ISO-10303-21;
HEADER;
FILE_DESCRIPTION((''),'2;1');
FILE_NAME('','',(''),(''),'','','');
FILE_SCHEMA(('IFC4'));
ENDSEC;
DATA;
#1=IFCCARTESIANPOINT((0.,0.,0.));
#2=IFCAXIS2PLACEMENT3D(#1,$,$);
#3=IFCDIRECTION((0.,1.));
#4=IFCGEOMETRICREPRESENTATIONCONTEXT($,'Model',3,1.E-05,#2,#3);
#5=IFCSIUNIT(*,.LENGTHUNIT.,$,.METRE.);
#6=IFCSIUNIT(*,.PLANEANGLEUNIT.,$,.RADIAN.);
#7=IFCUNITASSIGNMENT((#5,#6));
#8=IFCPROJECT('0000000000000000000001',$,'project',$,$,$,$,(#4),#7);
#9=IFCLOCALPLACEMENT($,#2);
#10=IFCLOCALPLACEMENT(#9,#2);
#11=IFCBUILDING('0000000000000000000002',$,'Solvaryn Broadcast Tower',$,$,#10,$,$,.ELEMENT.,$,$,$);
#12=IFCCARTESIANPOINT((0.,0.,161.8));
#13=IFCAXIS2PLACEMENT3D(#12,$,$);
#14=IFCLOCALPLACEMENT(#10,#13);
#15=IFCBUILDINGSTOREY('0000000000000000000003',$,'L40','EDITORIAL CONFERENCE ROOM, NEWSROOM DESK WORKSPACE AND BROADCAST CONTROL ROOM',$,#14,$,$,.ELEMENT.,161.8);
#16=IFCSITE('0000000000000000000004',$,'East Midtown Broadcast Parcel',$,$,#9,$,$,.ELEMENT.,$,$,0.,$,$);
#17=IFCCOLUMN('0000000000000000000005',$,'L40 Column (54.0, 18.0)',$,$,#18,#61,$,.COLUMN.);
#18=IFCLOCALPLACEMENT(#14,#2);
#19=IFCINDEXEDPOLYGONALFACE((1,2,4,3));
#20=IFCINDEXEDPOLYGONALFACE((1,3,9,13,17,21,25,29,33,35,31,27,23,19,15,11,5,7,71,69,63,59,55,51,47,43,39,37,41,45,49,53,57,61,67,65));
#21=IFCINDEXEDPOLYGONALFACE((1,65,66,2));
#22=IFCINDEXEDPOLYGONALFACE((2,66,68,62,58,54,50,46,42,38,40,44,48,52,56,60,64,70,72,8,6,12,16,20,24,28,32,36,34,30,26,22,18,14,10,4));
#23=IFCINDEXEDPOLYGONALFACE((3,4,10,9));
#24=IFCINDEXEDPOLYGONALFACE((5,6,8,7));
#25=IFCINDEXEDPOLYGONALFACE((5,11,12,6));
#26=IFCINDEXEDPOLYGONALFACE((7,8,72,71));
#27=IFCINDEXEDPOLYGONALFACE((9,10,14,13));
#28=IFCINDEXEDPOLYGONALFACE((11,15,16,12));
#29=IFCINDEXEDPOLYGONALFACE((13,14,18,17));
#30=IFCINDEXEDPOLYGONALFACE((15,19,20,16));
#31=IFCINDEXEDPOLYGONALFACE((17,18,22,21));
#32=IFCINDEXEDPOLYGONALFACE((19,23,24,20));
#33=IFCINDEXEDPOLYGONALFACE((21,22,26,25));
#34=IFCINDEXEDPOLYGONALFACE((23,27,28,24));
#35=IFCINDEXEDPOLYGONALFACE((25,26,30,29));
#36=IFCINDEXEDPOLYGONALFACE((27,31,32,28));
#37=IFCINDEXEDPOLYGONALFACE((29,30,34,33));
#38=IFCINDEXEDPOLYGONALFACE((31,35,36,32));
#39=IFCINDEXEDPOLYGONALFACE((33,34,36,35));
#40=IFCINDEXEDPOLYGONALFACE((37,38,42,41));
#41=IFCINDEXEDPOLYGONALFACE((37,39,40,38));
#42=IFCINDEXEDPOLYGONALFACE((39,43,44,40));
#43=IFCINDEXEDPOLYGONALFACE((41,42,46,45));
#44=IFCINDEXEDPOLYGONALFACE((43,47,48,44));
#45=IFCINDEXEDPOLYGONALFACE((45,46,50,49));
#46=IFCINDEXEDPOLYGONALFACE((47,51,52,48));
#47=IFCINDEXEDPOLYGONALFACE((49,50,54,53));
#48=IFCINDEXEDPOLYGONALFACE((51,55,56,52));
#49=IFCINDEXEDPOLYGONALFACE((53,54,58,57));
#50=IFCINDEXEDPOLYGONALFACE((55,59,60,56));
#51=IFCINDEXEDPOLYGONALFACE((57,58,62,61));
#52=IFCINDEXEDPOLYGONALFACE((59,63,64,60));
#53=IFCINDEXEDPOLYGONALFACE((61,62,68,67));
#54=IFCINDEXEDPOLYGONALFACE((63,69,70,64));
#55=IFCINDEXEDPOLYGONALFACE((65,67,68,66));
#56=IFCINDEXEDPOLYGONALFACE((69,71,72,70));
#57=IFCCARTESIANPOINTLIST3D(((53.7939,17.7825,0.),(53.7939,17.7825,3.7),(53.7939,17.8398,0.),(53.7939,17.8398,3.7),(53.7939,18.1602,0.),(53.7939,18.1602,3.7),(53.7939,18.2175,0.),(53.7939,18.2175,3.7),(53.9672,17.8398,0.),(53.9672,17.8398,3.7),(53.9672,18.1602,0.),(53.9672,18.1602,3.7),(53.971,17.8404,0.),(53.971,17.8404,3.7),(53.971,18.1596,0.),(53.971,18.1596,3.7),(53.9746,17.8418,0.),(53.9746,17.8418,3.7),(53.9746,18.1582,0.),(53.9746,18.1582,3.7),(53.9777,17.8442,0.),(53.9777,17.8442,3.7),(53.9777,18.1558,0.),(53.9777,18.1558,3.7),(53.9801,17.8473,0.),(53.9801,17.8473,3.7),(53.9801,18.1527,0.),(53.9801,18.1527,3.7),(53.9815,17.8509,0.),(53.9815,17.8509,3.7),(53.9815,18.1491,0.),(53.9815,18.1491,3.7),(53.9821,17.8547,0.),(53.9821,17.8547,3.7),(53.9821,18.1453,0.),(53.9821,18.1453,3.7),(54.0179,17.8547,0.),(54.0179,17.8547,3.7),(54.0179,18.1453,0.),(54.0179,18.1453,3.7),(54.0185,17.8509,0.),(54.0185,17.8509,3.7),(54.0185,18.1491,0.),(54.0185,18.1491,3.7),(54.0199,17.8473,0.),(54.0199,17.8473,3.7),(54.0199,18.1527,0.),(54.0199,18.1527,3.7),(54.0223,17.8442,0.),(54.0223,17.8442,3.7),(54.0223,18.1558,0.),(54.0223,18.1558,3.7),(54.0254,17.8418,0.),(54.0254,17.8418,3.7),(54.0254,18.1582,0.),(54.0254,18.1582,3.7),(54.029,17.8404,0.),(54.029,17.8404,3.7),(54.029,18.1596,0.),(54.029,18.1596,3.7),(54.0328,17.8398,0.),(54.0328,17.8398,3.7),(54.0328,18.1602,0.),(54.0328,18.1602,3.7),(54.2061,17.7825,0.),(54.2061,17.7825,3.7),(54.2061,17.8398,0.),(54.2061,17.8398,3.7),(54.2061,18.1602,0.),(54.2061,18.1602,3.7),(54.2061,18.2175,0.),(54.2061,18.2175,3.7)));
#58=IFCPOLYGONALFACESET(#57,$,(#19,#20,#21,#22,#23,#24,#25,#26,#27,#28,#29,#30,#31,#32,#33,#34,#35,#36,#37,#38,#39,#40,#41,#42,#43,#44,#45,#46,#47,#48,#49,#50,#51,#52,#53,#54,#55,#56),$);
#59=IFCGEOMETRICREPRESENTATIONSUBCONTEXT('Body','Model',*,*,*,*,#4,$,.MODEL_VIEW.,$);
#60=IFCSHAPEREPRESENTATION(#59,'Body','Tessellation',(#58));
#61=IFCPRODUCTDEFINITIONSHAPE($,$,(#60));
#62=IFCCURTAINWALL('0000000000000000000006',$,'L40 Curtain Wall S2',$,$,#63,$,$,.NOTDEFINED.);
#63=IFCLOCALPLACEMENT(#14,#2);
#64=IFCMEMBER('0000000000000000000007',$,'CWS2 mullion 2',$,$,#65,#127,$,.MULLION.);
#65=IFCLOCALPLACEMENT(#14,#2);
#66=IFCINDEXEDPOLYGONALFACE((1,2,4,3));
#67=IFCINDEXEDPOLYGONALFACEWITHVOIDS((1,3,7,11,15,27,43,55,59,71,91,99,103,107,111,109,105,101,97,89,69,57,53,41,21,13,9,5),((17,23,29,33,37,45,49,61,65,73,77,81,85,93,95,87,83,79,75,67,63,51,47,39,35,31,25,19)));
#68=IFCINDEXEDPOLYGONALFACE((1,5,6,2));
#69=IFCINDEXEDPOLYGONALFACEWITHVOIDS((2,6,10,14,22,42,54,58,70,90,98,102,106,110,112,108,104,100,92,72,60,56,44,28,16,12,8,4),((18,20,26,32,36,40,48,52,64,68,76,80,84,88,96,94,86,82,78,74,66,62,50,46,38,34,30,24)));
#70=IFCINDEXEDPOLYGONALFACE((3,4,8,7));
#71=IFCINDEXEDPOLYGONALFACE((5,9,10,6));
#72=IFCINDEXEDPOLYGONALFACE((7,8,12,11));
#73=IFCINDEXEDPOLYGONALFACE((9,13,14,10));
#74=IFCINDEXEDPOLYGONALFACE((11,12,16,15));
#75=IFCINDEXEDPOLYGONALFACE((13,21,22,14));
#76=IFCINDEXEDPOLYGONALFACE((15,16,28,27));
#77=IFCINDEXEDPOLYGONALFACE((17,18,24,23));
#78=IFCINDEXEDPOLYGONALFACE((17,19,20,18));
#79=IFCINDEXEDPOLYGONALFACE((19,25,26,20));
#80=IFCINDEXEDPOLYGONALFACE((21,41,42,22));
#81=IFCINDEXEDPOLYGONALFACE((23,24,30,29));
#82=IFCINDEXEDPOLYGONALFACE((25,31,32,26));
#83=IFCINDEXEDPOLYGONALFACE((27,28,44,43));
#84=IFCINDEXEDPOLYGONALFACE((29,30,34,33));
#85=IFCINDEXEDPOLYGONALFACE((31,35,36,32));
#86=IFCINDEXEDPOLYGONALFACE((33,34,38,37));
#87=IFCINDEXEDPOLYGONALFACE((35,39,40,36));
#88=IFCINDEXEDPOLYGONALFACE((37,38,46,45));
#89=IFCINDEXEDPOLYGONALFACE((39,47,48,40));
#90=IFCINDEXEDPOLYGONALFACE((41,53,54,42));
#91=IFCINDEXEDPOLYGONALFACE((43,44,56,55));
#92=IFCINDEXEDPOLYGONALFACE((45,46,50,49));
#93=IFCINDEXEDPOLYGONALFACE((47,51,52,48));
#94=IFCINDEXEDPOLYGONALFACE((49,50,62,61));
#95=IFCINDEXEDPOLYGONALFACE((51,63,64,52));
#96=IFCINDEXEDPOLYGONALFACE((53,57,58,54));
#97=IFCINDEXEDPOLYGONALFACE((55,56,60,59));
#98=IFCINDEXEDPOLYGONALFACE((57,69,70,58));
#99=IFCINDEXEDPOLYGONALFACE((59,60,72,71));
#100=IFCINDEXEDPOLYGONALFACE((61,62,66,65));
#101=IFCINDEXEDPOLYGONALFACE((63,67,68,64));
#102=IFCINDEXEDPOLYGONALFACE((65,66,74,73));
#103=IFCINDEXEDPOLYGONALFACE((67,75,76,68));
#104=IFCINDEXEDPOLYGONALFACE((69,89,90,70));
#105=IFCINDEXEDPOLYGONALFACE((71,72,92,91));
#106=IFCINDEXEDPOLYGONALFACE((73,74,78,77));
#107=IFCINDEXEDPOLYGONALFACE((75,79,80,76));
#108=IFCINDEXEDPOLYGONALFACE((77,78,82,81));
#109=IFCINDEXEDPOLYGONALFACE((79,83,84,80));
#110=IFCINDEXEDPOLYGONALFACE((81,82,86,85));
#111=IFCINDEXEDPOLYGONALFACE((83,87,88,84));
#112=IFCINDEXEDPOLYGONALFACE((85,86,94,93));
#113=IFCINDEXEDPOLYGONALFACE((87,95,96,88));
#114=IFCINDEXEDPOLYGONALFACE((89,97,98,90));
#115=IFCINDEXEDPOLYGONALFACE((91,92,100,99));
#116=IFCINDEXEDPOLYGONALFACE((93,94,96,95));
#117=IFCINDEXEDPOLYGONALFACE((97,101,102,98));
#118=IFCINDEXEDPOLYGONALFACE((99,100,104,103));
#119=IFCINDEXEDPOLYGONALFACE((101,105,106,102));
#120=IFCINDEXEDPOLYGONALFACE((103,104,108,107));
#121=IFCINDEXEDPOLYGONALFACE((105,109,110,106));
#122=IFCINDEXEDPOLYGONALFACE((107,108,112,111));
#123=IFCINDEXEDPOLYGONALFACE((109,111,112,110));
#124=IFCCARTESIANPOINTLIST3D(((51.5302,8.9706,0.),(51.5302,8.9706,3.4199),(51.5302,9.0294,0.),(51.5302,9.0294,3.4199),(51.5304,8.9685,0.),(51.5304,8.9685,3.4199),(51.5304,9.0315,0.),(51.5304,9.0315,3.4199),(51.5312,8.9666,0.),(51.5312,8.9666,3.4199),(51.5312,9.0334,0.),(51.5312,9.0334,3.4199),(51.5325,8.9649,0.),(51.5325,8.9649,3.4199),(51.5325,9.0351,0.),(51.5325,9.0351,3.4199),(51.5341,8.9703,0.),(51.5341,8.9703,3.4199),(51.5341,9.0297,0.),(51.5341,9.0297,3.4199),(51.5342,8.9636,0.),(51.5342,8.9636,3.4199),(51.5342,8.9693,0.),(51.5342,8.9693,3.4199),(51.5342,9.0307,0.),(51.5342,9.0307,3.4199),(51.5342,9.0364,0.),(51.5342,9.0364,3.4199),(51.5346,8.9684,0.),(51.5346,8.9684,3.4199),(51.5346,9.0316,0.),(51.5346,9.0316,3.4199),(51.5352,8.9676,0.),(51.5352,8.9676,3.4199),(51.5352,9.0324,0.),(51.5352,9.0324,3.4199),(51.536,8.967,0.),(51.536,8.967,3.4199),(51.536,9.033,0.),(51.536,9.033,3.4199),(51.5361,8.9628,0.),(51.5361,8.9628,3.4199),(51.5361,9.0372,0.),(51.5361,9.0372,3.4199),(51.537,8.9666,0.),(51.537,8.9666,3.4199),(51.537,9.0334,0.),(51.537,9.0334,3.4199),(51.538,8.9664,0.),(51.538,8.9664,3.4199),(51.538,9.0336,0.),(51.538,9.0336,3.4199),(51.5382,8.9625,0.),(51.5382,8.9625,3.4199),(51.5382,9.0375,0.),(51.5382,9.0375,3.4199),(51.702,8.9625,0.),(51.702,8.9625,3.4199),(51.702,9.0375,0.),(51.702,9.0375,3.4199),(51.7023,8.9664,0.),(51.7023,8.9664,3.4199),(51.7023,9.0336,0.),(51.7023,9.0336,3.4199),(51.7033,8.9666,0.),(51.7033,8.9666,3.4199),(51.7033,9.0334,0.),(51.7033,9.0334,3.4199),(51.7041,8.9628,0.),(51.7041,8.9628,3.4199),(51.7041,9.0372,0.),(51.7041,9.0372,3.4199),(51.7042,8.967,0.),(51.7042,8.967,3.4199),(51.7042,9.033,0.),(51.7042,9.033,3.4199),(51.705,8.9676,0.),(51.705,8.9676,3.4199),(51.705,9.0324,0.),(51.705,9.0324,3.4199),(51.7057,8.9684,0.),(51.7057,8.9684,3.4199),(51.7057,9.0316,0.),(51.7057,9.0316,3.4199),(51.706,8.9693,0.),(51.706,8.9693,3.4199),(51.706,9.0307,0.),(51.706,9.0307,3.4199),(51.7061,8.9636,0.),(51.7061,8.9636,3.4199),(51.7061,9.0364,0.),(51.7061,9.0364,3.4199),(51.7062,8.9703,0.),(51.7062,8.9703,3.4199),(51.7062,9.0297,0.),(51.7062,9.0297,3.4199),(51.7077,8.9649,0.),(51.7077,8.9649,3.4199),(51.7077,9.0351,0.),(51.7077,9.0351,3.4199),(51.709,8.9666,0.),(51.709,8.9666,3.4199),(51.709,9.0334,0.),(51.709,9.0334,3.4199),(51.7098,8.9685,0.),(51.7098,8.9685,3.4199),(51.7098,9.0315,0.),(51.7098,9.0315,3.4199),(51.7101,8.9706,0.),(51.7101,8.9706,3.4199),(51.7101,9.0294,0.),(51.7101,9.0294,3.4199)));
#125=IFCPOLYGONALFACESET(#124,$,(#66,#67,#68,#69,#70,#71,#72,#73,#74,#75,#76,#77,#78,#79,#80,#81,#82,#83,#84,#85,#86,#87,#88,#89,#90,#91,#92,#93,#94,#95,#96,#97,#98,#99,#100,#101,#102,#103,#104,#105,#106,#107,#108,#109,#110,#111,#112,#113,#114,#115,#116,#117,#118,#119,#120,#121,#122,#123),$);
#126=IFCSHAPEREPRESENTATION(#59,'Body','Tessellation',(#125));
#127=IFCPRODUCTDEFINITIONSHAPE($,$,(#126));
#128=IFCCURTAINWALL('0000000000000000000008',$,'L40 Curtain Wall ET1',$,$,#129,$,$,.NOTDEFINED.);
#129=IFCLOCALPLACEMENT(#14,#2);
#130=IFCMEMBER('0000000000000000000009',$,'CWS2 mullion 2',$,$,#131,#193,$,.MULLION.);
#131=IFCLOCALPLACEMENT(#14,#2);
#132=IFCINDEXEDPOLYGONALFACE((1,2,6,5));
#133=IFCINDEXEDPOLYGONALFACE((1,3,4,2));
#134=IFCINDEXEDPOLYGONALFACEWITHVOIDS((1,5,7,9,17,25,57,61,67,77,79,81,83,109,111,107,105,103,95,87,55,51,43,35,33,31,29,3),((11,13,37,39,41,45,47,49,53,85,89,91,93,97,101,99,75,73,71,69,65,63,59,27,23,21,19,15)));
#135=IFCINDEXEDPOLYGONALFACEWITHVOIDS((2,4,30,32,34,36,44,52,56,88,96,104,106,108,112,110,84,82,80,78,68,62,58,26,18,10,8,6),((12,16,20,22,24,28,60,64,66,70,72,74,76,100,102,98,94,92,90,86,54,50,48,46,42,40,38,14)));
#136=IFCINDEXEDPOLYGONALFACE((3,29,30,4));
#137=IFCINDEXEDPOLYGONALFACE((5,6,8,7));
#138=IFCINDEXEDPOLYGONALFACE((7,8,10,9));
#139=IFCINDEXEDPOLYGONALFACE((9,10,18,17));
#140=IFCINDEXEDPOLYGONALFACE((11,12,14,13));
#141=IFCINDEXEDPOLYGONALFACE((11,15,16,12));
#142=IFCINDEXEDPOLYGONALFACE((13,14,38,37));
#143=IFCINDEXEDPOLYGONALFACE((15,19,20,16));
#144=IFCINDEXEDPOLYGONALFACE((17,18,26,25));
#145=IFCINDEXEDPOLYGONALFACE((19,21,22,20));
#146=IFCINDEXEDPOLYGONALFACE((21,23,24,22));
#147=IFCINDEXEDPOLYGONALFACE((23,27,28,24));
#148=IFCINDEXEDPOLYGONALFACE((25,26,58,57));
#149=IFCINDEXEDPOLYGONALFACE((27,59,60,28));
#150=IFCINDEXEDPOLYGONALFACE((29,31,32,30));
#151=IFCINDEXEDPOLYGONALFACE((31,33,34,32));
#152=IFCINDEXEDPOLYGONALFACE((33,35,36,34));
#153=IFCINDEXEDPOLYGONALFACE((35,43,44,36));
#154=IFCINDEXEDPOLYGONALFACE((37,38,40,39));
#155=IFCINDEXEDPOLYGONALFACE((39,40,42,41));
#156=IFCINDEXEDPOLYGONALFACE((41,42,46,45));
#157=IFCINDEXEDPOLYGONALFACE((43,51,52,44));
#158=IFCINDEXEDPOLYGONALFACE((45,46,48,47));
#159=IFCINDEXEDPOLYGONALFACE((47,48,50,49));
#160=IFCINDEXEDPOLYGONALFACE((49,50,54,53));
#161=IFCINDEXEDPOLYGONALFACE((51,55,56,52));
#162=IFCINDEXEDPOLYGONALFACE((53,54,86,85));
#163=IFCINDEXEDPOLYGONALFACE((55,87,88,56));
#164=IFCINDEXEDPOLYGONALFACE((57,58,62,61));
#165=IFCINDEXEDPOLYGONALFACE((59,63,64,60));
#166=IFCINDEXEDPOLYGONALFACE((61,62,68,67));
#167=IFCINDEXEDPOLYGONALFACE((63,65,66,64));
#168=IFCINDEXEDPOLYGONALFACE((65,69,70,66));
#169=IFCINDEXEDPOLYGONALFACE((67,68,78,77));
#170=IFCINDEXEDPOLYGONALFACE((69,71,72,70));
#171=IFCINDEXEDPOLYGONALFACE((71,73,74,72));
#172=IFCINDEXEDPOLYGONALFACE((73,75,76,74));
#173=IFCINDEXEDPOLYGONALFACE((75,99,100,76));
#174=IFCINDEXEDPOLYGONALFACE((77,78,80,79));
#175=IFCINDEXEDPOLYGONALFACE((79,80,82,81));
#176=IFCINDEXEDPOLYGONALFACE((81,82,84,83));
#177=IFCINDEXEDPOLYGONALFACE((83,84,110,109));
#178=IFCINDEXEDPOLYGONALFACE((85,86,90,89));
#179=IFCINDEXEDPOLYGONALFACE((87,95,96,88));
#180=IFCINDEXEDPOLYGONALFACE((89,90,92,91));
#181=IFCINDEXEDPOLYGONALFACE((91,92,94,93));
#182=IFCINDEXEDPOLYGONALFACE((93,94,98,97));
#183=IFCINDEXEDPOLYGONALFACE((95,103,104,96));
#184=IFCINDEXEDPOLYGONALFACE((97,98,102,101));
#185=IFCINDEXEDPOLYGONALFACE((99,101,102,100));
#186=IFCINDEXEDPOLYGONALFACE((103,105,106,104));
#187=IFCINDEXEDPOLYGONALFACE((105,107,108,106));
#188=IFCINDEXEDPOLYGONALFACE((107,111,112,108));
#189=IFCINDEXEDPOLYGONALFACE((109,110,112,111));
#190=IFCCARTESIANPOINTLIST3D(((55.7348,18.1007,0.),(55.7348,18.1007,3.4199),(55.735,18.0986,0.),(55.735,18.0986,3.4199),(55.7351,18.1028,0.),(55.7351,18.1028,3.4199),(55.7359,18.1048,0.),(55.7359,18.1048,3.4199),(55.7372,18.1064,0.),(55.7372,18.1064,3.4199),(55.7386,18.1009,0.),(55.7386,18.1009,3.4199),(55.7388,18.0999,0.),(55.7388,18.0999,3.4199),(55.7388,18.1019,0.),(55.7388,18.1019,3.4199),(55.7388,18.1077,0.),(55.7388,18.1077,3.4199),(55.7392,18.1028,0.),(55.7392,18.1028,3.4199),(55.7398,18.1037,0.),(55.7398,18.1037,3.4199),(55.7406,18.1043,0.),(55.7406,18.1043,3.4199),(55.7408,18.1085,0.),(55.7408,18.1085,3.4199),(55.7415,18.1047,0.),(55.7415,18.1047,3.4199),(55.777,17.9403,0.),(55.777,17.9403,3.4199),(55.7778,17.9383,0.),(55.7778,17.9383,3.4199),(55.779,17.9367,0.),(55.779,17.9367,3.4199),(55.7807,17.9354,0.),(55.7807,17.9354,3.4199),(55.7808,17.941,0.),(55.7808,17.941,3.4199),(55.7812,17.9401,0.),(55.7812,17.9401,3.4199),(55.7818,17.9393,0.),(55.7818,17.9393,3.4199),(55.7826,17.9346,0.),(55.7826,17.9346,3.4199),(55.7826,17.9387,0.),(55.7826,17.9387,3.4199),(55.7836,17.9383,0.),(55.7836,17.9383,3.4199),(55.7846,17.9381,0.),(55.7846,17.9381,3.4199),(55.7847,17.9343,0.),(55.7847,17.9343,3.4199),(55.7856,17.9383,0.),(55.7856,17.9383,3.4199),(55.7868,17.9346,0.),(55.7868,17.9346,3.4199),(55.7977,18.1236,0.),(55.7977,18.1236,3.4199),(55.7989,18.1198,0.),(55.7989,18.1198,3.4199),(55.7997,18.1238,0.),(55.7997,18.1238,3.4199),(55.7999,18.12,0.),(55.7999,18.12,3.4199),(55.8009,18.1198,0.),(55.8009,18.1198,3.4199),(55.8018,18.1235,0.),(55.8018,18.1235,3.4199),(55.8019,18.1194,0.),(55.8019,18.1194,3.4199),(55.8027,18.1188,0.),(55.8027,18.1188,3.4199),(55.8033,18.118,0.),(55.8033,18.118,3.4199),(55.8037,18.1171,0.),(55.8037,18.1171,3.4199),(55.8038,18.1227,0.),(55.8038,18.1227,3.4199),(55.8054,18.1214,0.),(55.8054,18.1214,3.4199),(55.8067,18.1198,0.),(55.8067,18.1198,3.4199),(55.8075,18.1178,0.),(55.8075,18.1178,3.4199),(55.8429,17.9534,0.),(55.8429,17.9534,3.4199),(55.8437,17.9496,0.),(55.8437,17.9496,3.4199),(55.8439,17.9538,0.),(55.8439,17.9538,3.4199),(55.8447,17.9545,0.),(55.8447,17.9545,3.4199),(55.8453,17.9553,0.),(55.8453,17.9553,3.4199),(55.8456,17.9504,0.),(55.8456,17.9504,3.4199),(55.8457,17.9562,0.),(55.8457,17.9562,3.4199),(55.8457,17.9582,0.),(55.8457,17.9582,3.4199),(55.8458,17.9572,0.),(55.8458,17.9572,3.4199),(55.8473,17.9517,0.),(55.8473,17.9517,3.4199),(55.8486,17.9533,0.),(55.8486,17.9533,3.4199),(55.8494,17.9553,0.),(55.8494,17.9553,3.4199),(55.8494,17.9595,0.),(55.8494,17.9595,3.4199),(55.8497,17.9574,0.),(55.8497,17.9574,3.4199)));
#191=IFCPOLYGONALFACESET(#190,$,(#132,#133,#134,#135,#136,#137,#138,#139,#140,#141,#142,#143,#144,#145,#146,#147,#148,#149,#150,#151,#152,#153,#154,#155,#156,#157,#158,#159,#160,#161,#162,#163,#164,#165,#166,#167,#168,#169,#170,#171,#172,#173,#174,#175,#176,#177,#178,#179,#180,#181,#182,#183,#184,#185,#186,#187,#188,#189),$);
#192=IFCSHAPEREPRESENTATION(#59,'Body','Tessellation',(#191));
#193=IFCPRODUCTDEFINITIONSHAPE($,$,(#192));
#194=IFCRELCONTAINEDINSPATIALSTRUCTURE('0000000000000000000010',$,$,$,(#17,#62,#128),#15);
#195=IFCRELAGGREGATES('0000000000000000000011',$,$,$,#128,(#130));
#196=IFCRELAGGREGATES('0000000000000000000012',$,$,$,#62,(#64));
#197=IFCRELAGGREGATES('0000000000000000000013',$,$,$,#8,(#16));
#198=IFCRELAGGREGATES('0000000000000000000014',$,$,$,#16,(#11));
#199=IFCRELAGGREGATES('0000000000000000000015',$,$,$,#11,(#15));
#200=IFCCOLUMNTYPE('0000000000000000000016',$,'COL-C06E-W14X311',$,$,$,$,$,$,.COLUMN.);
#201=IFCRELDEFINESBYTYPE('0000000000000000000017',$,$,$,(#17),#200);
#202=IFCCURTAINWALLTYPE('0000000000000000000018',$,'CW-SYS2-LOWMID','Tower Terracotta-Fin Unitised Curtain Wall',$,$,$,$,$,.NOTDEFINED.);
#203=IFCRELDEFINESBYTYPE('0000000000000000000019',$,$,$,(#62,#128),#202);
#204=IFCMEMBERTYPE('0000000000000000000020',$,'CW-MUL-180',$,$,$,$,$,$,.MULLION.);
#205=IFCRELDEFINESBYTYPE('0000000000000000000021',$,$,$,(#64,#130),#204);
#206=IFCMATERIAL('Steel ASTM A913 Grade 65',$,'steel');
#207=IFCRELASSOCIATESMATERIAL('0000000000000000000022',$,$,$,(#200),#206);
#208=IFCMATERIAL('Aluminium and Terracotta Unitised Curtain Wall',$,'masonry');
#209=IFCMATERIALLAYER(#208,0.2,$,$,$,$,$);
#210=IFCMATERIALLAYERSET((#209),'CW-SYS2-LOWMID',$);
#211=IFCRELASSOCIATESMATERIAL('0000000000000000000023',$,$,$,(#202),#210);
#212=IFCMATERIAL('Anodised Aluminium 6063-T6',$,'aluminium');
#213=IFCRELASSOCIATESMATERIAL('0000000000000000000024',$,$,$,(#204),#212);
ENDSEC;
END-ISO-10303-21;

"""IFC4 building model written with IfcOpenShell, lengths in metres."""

from ifc_helpers import new_model, si_unit, direction, frame, origin, origin_2d, place, context, subcontext, project, spatial, hollow_rectangle, i_section, extrude, material, layer, layer_set, material_profile, profile_set, type_object, element, aggregate, save


model = new_model("IFC4")

# Units and contexts
model_context = context("Model", 3, precision=1e-05, world=origin(), true_north=direction((0.0, 1.0)))
body_context = subcontext(model_context, "Body", "Model", "MODEL_VIEW")
ifc_project = project(units=[si_unit("LENGTHUNIT", "METRE"), si_unit("PLANEANGLEUNIT", "RADIAN")], contexts=[model_context])

# Site, building, storey
site_placement = place(None, origin())
site = spatial("IfcSite", under=ifc_project, at=site_placement, Name="East Midtown Broadcast Parcel", CompositionType="ELEMENT", RefElevation=0.0)
building_placement = place(site_placement, origin())
building = spatial("IfcBuilding", under=site, at=building_placement, Name="Solvaryn Broadcast Tower", CompositionType="ELEMENT")
storey_placement = place(building_placement, frame((0.0, 0.0, 161.8)))
storey = spatial("IfcBuildingStorey", under=building, at=storey_placement, Name="L40", Description="EDITORIAL CONFERENCE ROOM, NEWSROOM DESK WORKSPACE AND BROADCAST CONTROL ROOM", CompositionType="ELEMENT", Elevation=161.8)

# Column
ifc_material_1 = material(Name="Steel ASTM A913 Grade 65", Category="steel")
ifc_material_profile_1 = material_profile(ifc_material_1, i_section(OverallWidth=0.4121, OverallDepth=0.4351, WebThickness=0.0359, FlangeThickness=0.0574, FilletRadius=0.0149, at=origin_2d()))
ifc_profile_set_1 = profile_set([ifc_material_profile_1], Name="Steel ASTM A913 Grade 65")
column_type = type_object("IfcColumnType", Name="COL-C06E-W14X311", PredefinedType="COLUMN", material=ifc_profile_set_1)
column_placement = place(storey_placement, frame((54.0, 18.0, 0.0), z_axis=(0.0, 0.0, 1.0), x_axis=(1.0, 0.0, 0.0)))
element("IfcColumn", 1, at=column_placement, inside=storey, type_object=column_type, Name="L40 Column (54.0, 18.0)", PredefinedType="COLUMN", context=body_context, shape_type="SweptSolid", body=[
    extrude(i_section(OverallWidth=0.4121, OverallDepth=0.4351, WebThickness=0.0359, FlangeThickness=0.0574, FilletRadius=0.0149, at=origin_2d()), origin(), (0.0, 0.0, 1.0), 3.7),
])

# Curtain walls, members
ifc_material_2 = material(Name="Aluminium and Terracotta Unitised Curtain Wall", Category="masonry")
ifc_layer_1 = layer(ifc_material_2, 0.2)
ifc_layer_set_1 = layer_set([ifc_layer_1], Name="CW-SYS2-LOWMID")
curtain_wall_type = type_object("IfcCurtainWallType", Name="CW-SYS2-LOWMID", Description="Tower Terracotta-Fin Unitised Curtain Wall", PredefinedType="NOTDEFINED", material=ifc_layer_set_1)
curtain_wall_1_placement = place(storey_placement, origin())
curtain_wall_1 = element("IfcCurtainWall", 2, at=curtain_wall_1_placement, inside=storey, type_object=curtain_wall_type, Name="L40 Curtain Wall S2", PredefinedType="NOTDEFINED")
ifc_material_3 = material(Name="Anodised Aluminium 6063-T6", Category="aluminium")
ifc_material_profile_2 = material_profile(ifc_material_3, hollow_rectangle(XDim=0.075, YDim=0.1799, WallThickness=0.0039, InnerFilletRadius=0.0039, OuterFilletRadius=0.0081, at=origin_2d()))
ifc_profile_set_2 = profile_set([ifc_material_profile_2], Name="Anodised Aluminium 6063-T6")
member_type_1 = type_object("IfcMemberType", Name="CW-MUL-180", PredefinedType="MULLION", material=ifc_profile_set_2)
member_1_placement = place(storey_placement, frame((51.6201, 9.0, 0.0), z_axis=(0.0, 0.0, 1.0), x_axis=(0.0, 1.0, 0.0)))
member_1 = element("IfcMember", 3, at=member_1_placement, type_object=member_type_1, Name="CWS2 mullion 2", PredefinedType="MULLION", context=body_context, shape_type="SweptSolid", body=[
    extrude(hollow_rectangle(XDim=0.075, YDim=0.1799, WallThickness=0.0039, InnerFilletRadius=0.0039, OuterFilletRadius=0.0081, at=origin_2d()), origin(), (0.0, 0.0, 1.0), 3.4199),
])
curtain_wall_2_placement = place(storey_placement, origin())
curtain_wall_2 = element("IfcCurtainWall", 4, at=curtain_wall_2_placement, inside=storey, type_object=curtain_wall_type, Name="L40 Curtain Wall ET1", PredefinedType="NOTDEFINED")
member_2_placement = place(storey_placement, frame((55.7922, 18.0291, 0.0), z_axis=(0.0, 0.0, 1.0), x_axis=(0.966705, 0.255893, 0.0)))
member_2 = element("IfcMember", 5, at=member_2_placement, type_object=member_type_1, Name="CWS2 mullion 2", PredefinedType="MULLION", context=body_context, shape_type="SweptSolid", body=[
    extrude(hollow_rectangle(XDim=0.075, YDim=0.1799, WallThickness=0.0039, InnerFilletRadius=0.0039, OuterFilletRadius=0.0081, at=origin_2d()), origin(), (0.0, 0.0, 1.0), 3.4199),
])
aggregate(curtain_wall_2, [member_2])

aggregate(curtain_wall_1, [member_1])

save(model, "model.ifc")
